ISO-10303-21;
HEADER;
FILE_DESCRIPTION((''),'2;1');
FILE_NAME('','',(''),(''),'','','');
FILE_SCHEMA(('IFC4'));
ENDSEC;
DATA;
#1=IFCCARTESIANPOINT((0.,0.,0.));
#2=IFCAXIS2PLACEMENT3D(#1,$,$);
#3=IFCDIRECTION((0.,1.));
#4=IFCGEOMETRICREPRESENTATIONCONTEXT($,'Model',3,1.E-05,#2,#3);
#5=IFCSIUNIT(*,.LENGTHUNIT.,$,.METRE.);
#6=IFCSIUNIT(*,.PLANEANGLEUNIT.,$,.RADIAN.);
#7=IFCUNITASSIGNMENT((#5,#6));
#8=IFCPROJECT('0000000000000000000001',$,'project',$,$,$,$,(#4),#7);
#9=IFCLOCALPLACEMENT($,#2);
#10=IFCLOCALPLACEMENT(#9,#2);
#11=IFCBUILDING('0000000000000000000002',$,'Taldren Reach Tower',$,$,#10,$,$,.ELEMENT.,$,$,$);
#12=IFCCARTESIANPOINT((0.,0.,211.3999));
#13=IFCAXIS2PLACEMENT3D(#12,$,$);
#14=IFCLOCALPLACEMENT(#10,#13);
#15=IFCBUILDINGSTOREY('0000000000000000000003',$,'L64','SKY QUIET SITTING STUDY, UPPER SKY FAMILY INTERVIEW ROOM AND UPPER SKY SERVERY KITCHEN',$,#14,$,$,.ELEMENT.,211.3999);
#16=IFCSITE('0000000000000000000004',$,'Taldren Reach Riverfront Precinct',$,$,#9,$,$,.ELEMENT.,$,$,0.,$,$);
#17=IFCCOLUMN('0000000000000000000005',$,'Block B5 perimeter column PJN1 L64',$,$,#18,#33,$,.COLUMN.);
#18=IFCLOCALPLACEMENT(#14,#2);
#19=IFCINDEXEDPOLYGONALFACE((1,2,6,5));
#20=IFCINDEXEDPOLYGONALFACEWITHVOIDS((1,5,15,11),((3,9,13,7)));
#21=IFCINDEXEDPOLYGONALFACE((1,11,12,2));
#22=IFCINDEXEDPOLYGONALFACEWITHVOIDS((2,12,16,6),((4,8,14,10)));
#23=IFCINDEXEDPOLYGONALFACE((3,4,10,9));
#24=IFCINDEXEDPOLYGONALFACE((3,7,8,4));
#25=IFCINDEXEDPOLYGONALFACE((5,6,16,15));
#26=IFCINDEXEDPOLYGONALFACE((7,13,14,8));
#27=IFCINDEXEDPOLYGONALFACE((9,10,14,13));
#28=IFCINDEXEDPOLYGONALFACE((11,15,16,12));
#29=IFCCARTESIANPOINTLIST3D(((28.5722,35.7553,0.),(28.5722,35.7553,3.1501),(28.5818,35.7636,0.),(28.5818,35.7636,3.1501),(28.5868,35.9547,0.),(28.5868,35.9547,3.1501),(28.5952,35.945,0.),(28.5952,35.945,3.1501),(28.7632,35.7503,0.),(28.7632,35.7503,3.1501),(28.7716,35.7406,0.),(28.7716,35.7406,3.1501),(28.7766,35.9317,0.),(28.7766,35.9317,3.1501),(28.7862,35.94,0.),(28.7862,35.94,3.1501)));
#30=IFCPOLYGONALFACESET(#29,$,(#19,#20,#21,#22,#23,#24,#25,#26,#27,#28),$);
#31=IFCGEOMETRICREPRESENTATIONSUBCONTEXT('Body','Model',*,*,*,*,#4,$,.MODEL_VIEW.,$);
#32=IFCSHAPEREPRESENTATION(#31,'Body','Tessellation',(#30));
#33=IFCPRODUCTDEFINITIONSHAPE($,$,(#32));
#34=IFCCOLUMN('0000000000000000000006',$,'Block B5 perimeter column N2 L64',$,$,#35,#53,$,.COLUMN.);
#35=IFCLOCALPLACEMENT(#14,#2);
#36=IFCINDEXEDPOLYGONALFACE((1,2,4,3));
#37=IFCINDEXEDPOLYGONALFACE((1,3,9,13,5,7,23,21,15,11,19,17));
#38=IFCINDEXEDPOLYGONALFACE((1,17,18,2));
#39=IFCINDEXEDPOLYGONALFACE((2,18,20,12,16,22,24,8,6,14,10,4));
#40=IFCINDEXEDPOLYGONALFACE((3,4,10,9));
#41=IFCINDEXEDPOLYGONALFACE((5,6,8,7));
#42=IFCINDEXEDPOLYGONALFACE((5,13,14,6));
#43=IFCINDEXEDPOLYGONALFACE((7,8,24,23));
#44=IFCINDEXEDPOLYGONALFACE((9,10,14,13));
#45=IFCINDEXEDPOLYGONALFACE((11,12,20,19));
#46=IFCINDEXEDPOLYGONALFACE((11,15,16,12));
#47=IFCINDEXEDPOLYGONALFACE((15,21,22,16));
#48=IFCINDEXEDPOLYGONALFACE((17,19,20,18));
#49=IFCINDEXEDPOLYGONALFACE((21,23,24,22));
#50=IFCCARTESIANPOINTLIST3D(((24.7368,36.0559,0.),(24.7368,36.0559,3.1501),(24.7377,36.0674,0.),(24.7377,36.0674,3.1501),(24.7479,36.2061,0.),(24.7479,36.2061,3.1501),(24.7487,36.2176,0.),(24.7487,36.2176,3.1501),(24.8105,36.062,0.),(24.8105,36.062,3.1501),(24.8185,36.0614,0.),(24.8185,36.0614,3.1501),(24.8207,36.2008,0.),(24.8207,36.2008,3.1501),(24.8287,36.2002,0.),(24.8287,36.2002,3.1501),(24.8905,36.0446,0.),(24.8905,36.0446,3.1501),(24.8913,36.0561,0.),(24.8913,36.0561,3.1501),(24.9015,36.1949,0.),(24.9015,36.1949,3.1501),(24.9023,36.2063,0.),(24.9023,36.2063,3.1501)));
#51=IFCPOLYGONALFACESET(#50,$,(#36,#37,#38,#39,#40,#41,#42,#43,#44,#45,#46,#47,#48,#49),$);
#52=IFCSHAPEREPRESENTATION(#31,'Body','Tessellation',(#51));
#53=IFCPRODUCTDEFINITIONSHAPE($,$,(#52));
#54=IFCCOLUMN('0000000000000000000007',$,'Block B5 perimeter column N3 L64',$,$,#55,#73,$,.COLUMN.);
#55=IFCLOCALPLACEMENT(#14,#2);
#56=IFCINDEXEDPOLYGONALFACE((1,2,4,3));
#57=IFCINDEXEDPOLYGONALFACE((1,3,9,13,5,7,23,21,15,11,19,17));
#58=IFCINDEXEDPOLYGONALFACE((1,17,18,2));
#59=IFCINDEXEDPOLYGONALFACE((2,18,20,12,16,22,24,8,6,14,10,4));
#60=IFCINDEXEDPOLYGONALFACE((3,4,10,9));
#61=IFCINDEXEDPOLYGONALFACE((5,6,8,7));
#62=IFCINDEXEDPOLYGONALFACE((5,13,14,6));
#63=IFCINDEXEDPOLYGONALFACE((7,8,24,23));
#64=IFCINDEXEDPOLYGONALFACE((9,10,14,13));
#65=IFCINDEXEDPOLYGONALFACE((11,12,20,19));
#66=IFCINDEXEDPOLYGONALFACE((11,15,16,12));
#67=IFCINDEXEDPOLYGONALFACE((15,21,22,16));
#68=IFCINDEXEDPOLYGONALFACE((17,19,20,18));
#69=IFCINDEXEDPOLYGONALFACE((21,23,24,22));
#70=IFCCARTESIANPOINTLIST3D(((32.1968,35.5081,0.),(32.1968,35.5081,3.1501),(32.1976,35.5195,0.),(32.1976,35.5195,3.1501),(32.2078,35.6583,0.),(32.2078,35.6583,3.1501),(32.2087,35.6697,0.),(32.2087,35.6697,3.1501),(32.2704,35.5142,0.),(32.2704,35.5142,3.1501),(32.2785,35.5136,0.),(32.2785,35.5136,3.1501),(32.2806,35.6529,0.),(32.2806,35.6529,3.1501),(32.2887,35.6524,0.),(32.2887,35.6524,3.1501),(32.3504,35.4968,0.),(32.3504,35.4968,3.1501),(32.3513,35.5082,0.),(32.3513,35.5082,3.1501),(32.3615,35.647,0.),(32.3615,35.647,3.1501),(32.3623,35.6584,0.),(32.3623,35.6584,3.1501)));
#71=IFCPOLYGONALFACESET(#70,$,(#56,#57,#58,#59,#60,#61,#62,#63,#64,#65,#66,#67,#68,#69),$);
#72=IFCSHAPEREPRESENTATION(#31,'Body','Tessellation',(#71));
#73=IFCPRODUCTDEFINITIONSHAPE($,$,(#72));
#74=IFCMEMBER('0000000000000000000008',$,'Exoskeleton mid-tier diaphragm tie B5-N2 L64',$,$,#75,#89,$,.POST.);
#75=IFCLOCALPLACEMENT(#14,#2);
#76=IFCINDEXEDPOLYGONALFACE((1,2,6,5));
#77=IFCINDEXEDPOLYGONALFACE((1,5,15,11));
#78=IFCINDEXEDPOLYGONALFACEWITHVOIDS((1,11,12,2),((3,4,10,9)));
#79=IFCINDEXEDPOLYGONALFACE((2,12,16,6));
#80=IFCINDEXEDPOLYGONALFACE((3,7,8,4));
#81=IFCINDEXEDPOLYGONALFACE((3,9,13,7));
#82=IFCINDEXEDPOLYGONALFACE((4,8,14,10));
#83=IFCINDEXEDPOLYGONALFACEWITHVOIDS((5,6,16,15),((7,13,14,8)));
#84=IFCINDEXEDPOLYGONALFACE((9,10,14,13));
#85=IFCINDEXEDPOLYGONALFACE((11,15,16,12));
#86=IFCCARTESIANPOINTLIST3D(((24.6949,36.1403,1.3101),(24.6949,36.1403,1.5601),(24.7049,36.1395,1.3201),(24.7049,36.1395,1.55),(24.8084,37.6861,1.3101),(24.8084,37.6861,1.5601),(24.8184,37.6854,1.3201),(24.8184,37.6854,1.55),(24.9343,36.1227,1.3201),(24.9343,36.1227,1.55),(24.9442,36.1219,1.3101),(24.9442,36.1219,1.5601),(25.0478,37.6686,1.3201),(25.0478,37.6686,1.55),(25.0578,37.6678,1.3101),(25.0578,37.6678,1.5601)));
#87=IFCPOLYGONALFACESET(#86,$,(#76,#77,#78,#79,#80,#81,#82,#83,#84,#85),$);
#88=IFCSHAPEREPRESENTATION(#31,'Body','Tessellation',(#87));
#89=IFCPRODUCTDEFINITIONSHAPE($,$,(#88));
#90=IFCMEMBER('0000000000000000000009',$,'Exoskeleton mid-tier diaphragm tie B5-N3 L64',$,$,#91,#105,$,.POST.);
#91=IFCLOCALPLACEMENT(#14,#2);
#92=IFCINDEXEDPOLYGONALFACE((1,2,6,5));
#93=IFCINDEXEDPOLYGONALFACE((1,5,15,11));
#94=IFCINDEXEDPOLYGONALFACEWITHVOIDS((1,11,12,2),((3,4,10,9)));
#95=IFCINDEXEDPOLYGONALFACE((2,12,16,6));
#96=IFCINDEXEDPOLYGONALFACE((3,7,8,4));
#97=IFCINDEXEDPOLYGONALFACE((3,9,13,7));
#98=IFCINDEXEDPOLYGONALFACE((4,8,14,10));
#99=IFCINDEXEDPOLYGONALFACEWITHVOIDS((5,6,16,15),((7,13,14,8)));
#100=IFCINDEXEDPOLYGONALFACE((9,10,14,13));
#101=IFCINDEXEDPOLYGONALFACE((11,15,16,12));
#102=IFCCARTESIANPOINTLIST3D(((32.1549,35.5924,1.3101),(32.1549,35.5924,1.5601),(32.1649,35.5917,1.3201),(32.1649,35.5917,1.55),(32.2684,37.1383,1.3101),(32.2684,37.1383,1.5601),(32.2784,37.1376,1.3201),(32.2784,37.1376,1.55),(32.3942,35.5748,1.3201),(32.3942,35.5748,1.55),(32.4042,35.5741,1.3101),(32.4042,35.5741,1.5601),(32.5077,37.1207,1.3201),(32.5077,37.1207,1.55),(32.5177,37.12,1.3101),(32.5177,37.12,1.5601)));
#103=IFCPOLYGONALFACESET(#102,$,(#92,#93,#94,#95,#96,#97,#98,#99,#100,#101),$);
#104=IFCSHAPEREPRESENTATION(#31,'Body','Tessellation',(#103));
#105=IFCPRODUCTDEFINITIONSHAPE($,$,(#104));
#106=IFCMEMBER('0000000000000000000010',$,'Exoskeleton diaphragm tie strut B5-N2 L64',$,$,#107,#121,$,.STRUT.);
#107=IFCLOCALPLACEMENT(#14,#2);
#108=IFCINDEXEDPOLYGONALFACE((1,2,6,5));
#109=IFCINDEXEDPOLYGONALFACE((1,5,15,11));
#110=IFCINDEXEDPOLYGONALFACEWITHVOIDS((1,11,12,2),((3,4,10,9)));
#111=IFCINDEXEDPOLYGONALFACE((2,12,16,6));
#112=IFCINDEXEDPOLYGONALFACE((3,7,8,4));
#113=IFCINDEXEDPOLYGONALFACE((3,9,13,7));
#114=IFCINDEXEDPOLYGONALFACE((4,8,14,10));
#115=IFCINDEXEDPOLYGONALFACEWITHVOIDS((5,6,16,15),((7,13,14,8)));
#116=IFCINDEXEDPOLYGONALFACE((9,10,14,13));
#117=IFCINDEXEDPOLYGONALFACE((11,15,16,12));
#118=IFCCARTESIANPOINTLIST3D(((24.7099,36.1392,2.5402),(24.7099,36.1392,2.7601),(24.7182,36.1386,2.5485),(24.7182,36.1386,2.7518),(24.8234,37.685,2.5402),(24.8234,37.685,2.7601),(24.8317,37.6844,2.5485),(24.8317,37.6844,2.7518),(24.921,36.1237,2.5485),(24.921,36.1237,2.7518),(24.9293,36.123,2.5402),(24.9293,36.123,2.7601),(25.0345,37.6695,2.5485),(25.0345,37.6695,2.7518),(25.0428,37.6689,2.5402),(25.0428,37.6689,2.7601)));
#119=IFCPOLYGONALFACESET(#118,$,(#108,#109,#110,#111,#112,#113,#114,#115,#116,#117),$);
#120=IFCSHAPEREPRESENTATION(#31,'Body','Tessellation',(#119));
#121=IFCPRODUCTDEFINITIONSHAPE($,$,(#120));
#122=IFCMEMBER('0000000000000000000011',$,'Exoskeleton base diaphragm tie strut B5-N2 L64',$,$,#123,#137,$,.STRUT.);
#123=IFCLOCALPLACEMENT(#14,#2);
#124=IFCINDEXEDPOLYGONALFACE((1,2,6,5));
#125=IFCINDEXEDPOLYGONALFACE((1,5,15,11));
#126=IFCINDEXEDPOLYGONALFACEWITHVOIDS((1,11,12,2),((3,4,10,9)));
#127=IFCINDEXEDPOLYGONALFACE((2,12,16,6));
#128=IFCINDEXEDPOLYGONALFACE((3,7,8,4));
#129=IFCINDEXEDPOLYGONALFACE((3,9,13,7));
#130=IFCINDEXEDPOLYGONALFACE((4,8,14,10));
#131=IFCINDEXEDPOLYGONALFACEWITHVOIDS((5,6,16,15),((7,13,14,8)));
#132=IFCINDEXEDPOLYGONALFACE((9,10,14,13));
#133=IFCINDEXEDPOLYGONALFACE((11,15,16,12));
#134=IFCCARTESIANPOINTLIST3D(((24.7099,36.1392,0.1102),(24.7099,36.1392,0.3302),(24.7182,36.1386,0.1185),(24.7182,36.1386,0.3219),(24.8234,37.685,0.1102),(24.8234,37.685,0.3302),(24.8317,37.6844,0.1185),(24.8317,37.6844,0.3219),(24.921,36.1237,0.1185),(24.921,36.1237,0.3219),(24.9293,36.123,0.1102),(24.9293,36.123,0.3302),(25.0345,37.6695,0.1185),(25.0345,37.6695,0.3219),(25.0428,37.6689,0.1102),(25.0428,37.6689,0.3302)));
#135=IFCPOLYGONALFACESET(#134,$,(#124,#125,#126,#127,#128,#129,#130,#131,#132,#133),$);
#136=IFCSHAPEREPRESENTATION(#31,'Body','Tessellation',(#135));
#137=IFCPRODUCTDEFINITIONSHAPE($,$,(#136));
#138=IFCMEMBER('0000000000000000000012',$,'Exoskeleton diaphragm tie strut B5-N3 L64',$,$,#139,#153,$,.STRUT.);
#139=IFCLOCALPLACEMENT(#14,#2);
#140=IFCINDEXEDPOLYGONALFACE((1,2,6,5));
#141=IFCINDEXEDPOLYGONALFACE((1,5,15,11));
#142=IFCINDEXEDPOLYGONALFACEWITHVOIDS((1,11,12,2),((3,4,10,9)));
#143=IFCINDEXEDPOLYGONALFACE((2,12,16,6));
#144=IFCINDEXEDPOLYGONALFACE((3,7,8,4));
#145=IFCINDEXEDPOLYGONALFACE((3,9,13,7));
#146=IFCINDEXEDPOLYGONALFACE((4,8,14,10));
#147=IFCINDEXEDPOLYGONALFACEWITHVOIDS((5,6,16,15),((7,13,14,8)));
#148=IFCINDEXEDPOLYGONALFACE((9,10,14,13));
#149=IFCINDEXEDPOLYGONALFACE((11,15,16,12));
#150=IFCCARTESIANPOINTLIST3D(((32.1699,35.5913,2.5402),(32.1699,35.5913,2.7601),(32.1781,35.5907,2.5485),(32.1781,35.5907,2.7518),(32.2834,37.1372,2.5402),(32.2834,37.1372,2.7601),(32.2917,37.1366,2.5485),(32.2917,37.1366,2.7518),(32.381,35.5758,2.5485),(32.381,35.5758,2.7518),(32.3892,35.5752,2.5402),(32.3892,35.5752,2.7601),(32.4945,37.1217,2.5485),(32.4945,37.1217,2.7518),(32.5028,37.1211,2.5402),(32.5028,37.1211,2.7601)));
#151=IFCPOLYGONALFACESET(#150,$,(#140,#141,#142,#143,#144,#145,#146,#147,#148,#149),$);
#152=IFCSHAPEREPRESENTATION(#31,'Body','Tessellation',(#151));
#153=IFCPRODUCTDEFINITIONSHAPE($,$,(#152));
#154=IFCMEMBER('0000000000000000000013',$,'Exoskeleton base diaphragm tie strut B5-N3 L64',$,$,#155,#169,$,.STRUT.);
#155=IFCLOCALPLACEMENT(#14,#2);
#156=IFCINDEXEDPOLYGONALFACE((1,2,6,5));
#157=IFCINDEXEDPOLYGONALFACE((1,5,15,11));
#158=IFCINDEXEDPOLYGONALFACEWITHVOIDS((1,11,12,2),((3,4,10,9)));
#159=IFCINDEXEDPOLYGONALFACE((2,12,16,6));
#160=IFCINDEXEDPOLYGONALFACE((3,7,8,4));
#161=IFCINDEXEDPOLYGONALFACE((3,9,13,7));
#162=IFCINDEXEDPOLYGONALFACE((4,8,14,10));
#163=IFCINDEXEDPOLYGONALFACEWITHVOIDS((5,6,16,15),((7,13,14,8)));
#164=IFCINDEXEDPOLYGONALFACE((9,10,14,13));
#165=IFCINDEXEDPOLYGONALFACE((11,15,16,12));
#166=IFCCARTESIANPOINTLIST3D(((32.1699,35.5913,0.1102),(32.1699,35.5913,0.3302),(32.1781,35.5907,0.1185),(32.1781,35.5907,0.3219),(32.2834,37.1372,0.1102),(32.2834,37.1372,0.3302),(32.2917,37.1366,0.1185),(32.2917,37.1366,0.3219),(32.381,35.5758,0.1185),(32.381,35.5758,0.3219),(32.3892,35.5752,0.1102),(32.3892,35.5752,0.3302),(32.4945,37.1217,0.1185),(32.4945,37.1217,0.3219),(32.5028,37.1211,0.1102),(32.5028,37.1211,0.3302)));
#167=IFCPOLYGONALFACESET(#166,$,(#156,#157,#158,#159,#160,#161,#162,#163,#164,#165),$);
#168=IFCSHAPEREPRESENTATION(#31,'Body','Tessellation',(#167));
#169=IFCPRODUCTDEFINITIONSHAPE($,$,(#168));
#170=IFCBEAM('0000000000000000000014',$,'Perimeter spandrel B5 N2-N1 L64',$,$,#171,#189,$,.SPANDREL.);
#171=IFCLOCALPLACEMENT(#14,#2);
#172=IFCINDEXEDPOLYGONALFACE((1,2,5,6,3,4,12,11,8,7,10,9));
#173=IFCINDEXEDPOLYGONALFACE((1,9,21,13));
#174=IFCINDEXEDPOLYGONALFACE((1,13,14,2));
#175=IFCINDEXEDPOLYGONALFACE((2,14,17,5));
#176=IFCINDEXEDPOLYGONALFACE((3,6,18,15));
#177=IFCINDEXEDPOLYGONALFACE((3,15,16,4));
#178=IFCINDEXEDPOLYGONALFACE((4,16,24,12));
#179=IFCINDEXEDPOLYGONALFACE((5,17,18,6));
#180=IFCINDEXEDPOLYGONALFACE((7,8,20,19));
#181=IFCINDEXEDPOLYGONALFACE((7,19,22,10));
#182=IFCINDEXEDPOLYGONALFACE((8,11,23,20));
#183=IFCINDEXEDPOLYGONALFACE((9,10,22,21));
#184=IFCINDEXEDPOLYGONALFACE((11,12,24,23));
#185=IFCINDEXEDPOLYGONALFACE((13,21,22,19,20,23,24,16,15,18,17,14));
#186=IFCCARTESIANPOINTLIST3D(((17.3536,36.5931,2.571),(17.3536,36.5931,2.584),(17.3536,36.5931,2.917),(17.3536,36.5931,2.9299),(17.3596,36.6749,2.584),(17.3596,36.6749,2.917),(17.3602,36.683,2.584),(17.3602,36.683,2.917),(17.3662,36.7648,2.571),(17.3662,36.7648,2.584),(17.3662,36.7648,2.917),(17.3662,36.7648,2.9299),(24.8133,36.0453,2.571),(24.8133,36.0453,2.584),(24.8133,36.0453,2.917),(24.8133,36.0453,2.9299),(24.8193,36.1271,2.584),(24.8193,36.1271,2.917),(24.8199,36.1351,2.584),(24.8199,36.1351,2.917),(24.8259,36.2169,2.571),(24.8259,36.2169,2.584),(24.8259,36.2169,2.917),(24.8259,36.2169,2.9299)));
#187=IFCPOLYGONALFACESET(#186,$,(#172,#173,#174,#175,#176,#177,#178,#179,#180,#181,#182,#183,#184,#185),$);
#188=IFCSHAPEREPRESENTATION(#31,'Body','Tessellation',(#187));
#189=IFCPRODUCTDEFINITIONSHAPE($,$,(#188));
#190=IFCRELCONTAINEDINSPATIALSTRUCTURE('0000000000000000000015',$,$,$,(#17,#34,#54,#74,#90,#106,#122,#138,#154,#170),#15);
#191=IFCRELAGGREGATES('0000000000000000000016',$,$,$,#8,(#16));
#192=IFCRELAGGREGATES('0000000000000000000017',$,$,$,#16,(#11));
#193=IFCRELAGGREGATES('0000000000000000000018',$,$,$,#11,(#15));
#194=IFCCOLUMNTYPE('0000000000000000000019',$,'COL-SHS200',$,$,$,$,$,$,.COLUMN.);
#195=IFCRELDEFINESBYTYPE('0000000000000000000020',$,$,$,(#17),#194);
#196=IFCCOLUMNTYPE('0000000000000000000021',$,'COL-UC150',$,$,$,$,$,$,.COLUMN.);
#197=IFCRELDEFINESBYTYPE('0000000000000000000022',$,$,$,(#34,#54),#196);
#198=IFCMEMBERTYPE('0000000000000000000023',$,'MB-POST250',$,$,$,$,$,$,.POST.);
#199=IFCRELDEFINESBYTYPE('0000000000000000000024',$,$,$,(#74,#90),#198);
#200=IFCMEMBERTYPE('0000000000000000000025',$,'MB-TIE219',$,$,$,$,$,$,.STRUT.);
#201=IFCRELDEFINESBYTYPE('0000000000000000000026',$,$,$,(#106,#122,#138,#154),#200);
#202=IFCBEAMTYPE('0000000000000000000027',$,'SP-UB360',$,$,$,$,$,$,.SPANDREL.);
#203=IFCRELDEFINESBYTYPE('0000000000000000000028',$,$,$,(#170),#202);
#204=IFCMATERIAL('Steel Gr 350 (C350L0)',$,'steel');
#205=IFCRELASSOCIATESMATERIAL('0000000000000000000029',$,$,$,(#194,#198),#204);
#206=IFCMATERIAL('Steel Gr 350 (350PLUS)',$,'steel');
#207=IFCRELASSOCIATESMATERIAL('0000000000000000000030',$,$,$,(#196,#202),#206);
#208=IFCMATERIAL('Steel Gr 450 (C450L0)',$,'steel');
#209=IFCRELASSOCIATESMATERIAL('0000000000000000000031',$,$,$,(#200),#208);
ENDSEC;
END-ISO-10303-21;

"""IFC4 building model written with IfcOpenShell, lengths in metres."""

from ifc_helpers import new_model, si_unit, direction, frame, origin, origin_2d, place, context, subcontext, project, spatial, hollow_rectangle, i_section, extrude, source, transform, mapped, material, material_profile, profile_set, type_object, element, save


model = new_model("IFC4")

# Units and contexts
model_context = context("Model", 3, precision=1e-05, world=origin(), true_north=direction((0.0, 1.0)))
body_context = subcontext(model_context, "Body", "Model", "MODEL_VIEW")
ifc_project = project(units=[si_unit("LENGTHUNIT", "METRE"), si_unit("PLANEANGLEUNIT", "RADIAN")], contexts=[model_context])

# Site, building, storey
site_placement = place(None, origin())
site = spatial("IfcSite", under=ifc_project, at=site_placement, Name="Taldren Reach Riverfront Precinct", CompositionType="ELEMENT", RefElevation=0.0)
building_placement = place(site_placement, origin())
building = spatial("IfcBuilding", under=site, at=building_placement, Name="Taldren Reach Tower", CompositionType="ELEMENT")
storey_placement = place(building_placement, frame((0.0, 0.0, 211.3999)))
storey = spatial("IfcBuildingStorey", under=building, at=storey_placement, Name="L64", Description="SKY QUIET SITTING STUDY, UPPER SKY FAMILY INTERVIEW ROOM AND UPPER SKY SERVERY KITCHEN", CompositionType="ELEMENT", Elevation=211.3999)

# Columns
ifc_material_1 = material(Name="Steel Gr 350 (C350L0)", Category="steel")
ifc_material_profile_1 = material_profile(ifc_material_1, hollow_rectangle(XDim=0.2, YDim=0.2, WallThickness=0.009, at=origin_2d()), Name="200x200x9.0SHS")
ifc_profile_set_1 = profile_set([ifc_material_profile_1], Name="Steel Gr 350 (C350L0)")
column_type_1 = type_object("IfcColumnType", Name="COL-SHS200", PredefinedType="COLUMN", material=ifc_profile_set_1)
shared_shape_1 = source(origin(), body_context, "Body", "SweptSolid", [
    extrude(hollow_rectangle(XDim=0.2, YDim=0.2, WallThickness=0.009, at=origin_2d()), origin(), (0.0, 0.0, 1.0), 3.1501),
])
column_placement = place(storey_placement, frame((28.6792, 35.8477, 0.0), z_axis=(0.0, 0.0, 1.0), x_axis=(0.997314, -0.073238, 0.0)))
element("IfcColumn", 1, at=column_placement, inside=storey, type_object=column_type_1, Name="Block B5 perimeter column PJN1 L64", PredefinedType="COLUMN", context=body_context, shape_type="MappedRepresentation", body=[
    mapped(shared_shape_1, transform((0.0, 0.0, 0.0), scale=1.0)),
])
ifc_material_2 = material(Name="Steel Gr 350 (350PLUS)", Category="steel")
ifc_material_profile_2 = material_profile(ifc_material_2, i_section(OverallWidth=0.1541, OverallDepth=0.1621, WebThickness=0.0081, FlangeThickness=0.0115, at=origin_2d()), Name="150UC37.2")
ifc_profile_set_2 = profile_set([ifc_material_profile_2], Name="Steel Gr 350 (350PLUS)")
column_type_2 = type_object("IfcColumnType", Name="COL-UC150", PredefinedType="COLUMN", material=ifc_profile_set_2)
shared_shape_2 = source(origin(), body_context, "Body", "SweptSolid", [
    extrude(i_section(OverallWidth=0.1541, OverallDepth=0.1621, WebThickness=0.0081, FlangeThickness=0.0115, at=origin_2d()), origin(), (0.0, 0.0, 1.0), 3.1501),
])
for number, where, z_axis, x_axis, name in (
    (2, (24.8196, 36.1311, 0.0), (0.0, 0.0, 1.0), (0.997314, -0.073238, 0.0), "Block B5 perimeter column N2 L64"),
    (3, (32.2795, 35.5833, 0.0), (0.0, 0.0, 1.0), (0.997314, -0.073238, 0.0), "Block B5 perimeter column N3 L64"),
):
    element("IfcColumn", number, at=place(storey_placement, frame(where, z_axis=z_axis, x_axis=x_axis)), inside=storey, type_object=column_type_2, Name=name, PredefinedType="COLUMN", context=body_context, shape_type="MappedRepresentation", body=[
        mapped(shared_shape_2, transform((0.0, 0.0, 0.0), scale=1.0)),
    ])

# Members
ifc_material_profile_3 = material_profile(ifc_material_1, hollow_rectangle(XDim=0.25, YDim=0.25, WallThickness=0.01, at=origin_2d()), Name="250x250x10.0SHS")
ifc_profile_set_3 = profile_set([ifc_material_profile_3], Name="Steel Gr 350 (C350L0)")
member_type_1 = type_object("IfcMemberType", Name="MB-POST250", PredefinedType="POST", material=ifc_profile_set_3)
shared_shape_3 = source(origin(), body_context, "Body", "SweptSolid", [
    extrude(hollow_rectangle(XDim=0.25, YDim=0.25, WallThickness=0.01, at=origin_2d()), origin(), (0.0, 0.0, 1.0), 1.55),
])
for number, where, z_axis, x_axis, name in (
    (4, (24.8196, 36.1311, 1.4351), (0.073239, 0.997314, 0.0), (-0.997314, 0.073239, 0.0), "Exoskeleton mid-tier diaphragm tie B5-N2 L64"),
    (5, (32.2795, 35.5833, 1.4351), (0.073239, 0.997314, 0.0), (-0.997314, 0.073239, 0.0), "Exoskeleton mid-tier diaphragm tie B5-N3 L64"),
):
    element("IfcMember", number, at=place(storey_placement, frame(where, z_axis=z_axis, x_axis=x_axis)), inside=storey, type_object=member_type_1, Name=name, PredefinedType="POST", context=body_context, shape_type="MappedRepresentation", body=[
        mapped(shared_shape_3, transform((0.0, 0.0, 0.0), scale=1.0)),
    ])
ifc_material_3 = material(Name="Steel Gr 450 (C450L0)", Category="steel")
ifc_material_profile_4 = material_profile(ifc_material_3, hollow_rectangle(XDim=0.22, YDim=0.22, WallThickness=0.0083, at=origin_2d()), Name="220x220x8.2SHS")
ifc_profile_set_4 = profile_set([ifc_material_profile_4], Name="Steel Gr 450 (C450L0)")
member_type_2 = type_object("IfcMemberType", Name="MB-TIE219", PredefinedType="STRUT", material=ifc_profile_set_4)
shared_shape_4 = source(origin(), body_context, "Body", "SweptSolid", [
    extrude(hollow_rectangle(XDim=0.22, YDim=0.22, WallThickness=0.0083, at=origin_2d()), origin(), (0.0, 0.0, 1.0), 1.55),
])
for number, where, z_axis, x_axis, name in (
    (6, (24.8196, 36.1311, 2.6501), (0.073239, 0.997314, 0.0), (-0.997314, 0.073239, 0.0), "Exoskeleton diaphragm tie strut B5-N2 L64"),
    (7, (24.8196, 36.1311, 0.2202), (0.073239, 0.997314, 0.0), (-0.997314, 0.073239, 0.0), "Exoskeleton base diaphragm tie strut B5-N2 L64"),
    (8, (32.2795, 35.5833, 2.6501), (0.073239, 0.997314, 0.0), (-0.997314, 0.073239, 0.0), "Exoskeleton diaphragm tie strut B5-N3 L64"),
    (9, (32.2795, 35.5833, 0.2202), (0.073239, 0.997314, 0.0), (-0.997314, 0.073239, 0.0), "Exoskeleton base diaphragm tie strut B5-N3 L64"),
):
    element("IfcMember", number, at=place(storey_placement, frame(where, z_axis=z_axis, x_axis=x_axis)), inside=storey, type_object=member_type_2, Name=name, PredefinedType="STRUT", context=body_context, shape_type="MappedRepresentation", body=[
        mapped(shared_shape_4, transform((0.0, 0.0, 0.0), scale=1.0)),
    ])

# Beam
ifc_material_profile_5 = material_profile(ifc_material_2, i_section(OverallWidth=0.1721, OverallDepth=0.3589, WebThickness=0.0081, FlangeThickness=0.0129, at=origin_2d()), Name="360UB56.7")
ifc_profile_set_5 = profile_set([ifc_material_profile_5], Name="Steel Gr 350 (350PLUS)")
beam_type = type_object("IfcBeamType", Name="SP-UB360", PredefinedType="SPANDREL", material=ifc_profile_set_5)
shared_shape_5 = source(origin(), body_context, "Body", "SweptSolid", [
    extrude(i_section(OverallWidth=0.1721, OverallDepth=0.3589, WebThickness=0.0081, FlangeThickness=0.0129, at=origin_2d()), origin(), (0.0, 0.0, 1.0), 7.4797),
])
beam_1_placement = place(storey_placement, frame((24.8196, 36.1311, 2.7505), z_axis=(-0.997314, 0.073244, 0.0), x_axis=(-0.073244, -0.997314, 0.0)))
element("IfcBeam", 10, at=beam_1_placement, inside=storey, type_object=beam_type, Name="Perimeter spandrel B5 N2-N1 L64", PredefinedType="SPANDREL", context=body_context, shape_type="MappedRepresentation", body=[
    mapped(shared_shape_5, transform((0.0, 0.0, 0.0), scale=1.0)),
])

save(model, "model.ifc")
